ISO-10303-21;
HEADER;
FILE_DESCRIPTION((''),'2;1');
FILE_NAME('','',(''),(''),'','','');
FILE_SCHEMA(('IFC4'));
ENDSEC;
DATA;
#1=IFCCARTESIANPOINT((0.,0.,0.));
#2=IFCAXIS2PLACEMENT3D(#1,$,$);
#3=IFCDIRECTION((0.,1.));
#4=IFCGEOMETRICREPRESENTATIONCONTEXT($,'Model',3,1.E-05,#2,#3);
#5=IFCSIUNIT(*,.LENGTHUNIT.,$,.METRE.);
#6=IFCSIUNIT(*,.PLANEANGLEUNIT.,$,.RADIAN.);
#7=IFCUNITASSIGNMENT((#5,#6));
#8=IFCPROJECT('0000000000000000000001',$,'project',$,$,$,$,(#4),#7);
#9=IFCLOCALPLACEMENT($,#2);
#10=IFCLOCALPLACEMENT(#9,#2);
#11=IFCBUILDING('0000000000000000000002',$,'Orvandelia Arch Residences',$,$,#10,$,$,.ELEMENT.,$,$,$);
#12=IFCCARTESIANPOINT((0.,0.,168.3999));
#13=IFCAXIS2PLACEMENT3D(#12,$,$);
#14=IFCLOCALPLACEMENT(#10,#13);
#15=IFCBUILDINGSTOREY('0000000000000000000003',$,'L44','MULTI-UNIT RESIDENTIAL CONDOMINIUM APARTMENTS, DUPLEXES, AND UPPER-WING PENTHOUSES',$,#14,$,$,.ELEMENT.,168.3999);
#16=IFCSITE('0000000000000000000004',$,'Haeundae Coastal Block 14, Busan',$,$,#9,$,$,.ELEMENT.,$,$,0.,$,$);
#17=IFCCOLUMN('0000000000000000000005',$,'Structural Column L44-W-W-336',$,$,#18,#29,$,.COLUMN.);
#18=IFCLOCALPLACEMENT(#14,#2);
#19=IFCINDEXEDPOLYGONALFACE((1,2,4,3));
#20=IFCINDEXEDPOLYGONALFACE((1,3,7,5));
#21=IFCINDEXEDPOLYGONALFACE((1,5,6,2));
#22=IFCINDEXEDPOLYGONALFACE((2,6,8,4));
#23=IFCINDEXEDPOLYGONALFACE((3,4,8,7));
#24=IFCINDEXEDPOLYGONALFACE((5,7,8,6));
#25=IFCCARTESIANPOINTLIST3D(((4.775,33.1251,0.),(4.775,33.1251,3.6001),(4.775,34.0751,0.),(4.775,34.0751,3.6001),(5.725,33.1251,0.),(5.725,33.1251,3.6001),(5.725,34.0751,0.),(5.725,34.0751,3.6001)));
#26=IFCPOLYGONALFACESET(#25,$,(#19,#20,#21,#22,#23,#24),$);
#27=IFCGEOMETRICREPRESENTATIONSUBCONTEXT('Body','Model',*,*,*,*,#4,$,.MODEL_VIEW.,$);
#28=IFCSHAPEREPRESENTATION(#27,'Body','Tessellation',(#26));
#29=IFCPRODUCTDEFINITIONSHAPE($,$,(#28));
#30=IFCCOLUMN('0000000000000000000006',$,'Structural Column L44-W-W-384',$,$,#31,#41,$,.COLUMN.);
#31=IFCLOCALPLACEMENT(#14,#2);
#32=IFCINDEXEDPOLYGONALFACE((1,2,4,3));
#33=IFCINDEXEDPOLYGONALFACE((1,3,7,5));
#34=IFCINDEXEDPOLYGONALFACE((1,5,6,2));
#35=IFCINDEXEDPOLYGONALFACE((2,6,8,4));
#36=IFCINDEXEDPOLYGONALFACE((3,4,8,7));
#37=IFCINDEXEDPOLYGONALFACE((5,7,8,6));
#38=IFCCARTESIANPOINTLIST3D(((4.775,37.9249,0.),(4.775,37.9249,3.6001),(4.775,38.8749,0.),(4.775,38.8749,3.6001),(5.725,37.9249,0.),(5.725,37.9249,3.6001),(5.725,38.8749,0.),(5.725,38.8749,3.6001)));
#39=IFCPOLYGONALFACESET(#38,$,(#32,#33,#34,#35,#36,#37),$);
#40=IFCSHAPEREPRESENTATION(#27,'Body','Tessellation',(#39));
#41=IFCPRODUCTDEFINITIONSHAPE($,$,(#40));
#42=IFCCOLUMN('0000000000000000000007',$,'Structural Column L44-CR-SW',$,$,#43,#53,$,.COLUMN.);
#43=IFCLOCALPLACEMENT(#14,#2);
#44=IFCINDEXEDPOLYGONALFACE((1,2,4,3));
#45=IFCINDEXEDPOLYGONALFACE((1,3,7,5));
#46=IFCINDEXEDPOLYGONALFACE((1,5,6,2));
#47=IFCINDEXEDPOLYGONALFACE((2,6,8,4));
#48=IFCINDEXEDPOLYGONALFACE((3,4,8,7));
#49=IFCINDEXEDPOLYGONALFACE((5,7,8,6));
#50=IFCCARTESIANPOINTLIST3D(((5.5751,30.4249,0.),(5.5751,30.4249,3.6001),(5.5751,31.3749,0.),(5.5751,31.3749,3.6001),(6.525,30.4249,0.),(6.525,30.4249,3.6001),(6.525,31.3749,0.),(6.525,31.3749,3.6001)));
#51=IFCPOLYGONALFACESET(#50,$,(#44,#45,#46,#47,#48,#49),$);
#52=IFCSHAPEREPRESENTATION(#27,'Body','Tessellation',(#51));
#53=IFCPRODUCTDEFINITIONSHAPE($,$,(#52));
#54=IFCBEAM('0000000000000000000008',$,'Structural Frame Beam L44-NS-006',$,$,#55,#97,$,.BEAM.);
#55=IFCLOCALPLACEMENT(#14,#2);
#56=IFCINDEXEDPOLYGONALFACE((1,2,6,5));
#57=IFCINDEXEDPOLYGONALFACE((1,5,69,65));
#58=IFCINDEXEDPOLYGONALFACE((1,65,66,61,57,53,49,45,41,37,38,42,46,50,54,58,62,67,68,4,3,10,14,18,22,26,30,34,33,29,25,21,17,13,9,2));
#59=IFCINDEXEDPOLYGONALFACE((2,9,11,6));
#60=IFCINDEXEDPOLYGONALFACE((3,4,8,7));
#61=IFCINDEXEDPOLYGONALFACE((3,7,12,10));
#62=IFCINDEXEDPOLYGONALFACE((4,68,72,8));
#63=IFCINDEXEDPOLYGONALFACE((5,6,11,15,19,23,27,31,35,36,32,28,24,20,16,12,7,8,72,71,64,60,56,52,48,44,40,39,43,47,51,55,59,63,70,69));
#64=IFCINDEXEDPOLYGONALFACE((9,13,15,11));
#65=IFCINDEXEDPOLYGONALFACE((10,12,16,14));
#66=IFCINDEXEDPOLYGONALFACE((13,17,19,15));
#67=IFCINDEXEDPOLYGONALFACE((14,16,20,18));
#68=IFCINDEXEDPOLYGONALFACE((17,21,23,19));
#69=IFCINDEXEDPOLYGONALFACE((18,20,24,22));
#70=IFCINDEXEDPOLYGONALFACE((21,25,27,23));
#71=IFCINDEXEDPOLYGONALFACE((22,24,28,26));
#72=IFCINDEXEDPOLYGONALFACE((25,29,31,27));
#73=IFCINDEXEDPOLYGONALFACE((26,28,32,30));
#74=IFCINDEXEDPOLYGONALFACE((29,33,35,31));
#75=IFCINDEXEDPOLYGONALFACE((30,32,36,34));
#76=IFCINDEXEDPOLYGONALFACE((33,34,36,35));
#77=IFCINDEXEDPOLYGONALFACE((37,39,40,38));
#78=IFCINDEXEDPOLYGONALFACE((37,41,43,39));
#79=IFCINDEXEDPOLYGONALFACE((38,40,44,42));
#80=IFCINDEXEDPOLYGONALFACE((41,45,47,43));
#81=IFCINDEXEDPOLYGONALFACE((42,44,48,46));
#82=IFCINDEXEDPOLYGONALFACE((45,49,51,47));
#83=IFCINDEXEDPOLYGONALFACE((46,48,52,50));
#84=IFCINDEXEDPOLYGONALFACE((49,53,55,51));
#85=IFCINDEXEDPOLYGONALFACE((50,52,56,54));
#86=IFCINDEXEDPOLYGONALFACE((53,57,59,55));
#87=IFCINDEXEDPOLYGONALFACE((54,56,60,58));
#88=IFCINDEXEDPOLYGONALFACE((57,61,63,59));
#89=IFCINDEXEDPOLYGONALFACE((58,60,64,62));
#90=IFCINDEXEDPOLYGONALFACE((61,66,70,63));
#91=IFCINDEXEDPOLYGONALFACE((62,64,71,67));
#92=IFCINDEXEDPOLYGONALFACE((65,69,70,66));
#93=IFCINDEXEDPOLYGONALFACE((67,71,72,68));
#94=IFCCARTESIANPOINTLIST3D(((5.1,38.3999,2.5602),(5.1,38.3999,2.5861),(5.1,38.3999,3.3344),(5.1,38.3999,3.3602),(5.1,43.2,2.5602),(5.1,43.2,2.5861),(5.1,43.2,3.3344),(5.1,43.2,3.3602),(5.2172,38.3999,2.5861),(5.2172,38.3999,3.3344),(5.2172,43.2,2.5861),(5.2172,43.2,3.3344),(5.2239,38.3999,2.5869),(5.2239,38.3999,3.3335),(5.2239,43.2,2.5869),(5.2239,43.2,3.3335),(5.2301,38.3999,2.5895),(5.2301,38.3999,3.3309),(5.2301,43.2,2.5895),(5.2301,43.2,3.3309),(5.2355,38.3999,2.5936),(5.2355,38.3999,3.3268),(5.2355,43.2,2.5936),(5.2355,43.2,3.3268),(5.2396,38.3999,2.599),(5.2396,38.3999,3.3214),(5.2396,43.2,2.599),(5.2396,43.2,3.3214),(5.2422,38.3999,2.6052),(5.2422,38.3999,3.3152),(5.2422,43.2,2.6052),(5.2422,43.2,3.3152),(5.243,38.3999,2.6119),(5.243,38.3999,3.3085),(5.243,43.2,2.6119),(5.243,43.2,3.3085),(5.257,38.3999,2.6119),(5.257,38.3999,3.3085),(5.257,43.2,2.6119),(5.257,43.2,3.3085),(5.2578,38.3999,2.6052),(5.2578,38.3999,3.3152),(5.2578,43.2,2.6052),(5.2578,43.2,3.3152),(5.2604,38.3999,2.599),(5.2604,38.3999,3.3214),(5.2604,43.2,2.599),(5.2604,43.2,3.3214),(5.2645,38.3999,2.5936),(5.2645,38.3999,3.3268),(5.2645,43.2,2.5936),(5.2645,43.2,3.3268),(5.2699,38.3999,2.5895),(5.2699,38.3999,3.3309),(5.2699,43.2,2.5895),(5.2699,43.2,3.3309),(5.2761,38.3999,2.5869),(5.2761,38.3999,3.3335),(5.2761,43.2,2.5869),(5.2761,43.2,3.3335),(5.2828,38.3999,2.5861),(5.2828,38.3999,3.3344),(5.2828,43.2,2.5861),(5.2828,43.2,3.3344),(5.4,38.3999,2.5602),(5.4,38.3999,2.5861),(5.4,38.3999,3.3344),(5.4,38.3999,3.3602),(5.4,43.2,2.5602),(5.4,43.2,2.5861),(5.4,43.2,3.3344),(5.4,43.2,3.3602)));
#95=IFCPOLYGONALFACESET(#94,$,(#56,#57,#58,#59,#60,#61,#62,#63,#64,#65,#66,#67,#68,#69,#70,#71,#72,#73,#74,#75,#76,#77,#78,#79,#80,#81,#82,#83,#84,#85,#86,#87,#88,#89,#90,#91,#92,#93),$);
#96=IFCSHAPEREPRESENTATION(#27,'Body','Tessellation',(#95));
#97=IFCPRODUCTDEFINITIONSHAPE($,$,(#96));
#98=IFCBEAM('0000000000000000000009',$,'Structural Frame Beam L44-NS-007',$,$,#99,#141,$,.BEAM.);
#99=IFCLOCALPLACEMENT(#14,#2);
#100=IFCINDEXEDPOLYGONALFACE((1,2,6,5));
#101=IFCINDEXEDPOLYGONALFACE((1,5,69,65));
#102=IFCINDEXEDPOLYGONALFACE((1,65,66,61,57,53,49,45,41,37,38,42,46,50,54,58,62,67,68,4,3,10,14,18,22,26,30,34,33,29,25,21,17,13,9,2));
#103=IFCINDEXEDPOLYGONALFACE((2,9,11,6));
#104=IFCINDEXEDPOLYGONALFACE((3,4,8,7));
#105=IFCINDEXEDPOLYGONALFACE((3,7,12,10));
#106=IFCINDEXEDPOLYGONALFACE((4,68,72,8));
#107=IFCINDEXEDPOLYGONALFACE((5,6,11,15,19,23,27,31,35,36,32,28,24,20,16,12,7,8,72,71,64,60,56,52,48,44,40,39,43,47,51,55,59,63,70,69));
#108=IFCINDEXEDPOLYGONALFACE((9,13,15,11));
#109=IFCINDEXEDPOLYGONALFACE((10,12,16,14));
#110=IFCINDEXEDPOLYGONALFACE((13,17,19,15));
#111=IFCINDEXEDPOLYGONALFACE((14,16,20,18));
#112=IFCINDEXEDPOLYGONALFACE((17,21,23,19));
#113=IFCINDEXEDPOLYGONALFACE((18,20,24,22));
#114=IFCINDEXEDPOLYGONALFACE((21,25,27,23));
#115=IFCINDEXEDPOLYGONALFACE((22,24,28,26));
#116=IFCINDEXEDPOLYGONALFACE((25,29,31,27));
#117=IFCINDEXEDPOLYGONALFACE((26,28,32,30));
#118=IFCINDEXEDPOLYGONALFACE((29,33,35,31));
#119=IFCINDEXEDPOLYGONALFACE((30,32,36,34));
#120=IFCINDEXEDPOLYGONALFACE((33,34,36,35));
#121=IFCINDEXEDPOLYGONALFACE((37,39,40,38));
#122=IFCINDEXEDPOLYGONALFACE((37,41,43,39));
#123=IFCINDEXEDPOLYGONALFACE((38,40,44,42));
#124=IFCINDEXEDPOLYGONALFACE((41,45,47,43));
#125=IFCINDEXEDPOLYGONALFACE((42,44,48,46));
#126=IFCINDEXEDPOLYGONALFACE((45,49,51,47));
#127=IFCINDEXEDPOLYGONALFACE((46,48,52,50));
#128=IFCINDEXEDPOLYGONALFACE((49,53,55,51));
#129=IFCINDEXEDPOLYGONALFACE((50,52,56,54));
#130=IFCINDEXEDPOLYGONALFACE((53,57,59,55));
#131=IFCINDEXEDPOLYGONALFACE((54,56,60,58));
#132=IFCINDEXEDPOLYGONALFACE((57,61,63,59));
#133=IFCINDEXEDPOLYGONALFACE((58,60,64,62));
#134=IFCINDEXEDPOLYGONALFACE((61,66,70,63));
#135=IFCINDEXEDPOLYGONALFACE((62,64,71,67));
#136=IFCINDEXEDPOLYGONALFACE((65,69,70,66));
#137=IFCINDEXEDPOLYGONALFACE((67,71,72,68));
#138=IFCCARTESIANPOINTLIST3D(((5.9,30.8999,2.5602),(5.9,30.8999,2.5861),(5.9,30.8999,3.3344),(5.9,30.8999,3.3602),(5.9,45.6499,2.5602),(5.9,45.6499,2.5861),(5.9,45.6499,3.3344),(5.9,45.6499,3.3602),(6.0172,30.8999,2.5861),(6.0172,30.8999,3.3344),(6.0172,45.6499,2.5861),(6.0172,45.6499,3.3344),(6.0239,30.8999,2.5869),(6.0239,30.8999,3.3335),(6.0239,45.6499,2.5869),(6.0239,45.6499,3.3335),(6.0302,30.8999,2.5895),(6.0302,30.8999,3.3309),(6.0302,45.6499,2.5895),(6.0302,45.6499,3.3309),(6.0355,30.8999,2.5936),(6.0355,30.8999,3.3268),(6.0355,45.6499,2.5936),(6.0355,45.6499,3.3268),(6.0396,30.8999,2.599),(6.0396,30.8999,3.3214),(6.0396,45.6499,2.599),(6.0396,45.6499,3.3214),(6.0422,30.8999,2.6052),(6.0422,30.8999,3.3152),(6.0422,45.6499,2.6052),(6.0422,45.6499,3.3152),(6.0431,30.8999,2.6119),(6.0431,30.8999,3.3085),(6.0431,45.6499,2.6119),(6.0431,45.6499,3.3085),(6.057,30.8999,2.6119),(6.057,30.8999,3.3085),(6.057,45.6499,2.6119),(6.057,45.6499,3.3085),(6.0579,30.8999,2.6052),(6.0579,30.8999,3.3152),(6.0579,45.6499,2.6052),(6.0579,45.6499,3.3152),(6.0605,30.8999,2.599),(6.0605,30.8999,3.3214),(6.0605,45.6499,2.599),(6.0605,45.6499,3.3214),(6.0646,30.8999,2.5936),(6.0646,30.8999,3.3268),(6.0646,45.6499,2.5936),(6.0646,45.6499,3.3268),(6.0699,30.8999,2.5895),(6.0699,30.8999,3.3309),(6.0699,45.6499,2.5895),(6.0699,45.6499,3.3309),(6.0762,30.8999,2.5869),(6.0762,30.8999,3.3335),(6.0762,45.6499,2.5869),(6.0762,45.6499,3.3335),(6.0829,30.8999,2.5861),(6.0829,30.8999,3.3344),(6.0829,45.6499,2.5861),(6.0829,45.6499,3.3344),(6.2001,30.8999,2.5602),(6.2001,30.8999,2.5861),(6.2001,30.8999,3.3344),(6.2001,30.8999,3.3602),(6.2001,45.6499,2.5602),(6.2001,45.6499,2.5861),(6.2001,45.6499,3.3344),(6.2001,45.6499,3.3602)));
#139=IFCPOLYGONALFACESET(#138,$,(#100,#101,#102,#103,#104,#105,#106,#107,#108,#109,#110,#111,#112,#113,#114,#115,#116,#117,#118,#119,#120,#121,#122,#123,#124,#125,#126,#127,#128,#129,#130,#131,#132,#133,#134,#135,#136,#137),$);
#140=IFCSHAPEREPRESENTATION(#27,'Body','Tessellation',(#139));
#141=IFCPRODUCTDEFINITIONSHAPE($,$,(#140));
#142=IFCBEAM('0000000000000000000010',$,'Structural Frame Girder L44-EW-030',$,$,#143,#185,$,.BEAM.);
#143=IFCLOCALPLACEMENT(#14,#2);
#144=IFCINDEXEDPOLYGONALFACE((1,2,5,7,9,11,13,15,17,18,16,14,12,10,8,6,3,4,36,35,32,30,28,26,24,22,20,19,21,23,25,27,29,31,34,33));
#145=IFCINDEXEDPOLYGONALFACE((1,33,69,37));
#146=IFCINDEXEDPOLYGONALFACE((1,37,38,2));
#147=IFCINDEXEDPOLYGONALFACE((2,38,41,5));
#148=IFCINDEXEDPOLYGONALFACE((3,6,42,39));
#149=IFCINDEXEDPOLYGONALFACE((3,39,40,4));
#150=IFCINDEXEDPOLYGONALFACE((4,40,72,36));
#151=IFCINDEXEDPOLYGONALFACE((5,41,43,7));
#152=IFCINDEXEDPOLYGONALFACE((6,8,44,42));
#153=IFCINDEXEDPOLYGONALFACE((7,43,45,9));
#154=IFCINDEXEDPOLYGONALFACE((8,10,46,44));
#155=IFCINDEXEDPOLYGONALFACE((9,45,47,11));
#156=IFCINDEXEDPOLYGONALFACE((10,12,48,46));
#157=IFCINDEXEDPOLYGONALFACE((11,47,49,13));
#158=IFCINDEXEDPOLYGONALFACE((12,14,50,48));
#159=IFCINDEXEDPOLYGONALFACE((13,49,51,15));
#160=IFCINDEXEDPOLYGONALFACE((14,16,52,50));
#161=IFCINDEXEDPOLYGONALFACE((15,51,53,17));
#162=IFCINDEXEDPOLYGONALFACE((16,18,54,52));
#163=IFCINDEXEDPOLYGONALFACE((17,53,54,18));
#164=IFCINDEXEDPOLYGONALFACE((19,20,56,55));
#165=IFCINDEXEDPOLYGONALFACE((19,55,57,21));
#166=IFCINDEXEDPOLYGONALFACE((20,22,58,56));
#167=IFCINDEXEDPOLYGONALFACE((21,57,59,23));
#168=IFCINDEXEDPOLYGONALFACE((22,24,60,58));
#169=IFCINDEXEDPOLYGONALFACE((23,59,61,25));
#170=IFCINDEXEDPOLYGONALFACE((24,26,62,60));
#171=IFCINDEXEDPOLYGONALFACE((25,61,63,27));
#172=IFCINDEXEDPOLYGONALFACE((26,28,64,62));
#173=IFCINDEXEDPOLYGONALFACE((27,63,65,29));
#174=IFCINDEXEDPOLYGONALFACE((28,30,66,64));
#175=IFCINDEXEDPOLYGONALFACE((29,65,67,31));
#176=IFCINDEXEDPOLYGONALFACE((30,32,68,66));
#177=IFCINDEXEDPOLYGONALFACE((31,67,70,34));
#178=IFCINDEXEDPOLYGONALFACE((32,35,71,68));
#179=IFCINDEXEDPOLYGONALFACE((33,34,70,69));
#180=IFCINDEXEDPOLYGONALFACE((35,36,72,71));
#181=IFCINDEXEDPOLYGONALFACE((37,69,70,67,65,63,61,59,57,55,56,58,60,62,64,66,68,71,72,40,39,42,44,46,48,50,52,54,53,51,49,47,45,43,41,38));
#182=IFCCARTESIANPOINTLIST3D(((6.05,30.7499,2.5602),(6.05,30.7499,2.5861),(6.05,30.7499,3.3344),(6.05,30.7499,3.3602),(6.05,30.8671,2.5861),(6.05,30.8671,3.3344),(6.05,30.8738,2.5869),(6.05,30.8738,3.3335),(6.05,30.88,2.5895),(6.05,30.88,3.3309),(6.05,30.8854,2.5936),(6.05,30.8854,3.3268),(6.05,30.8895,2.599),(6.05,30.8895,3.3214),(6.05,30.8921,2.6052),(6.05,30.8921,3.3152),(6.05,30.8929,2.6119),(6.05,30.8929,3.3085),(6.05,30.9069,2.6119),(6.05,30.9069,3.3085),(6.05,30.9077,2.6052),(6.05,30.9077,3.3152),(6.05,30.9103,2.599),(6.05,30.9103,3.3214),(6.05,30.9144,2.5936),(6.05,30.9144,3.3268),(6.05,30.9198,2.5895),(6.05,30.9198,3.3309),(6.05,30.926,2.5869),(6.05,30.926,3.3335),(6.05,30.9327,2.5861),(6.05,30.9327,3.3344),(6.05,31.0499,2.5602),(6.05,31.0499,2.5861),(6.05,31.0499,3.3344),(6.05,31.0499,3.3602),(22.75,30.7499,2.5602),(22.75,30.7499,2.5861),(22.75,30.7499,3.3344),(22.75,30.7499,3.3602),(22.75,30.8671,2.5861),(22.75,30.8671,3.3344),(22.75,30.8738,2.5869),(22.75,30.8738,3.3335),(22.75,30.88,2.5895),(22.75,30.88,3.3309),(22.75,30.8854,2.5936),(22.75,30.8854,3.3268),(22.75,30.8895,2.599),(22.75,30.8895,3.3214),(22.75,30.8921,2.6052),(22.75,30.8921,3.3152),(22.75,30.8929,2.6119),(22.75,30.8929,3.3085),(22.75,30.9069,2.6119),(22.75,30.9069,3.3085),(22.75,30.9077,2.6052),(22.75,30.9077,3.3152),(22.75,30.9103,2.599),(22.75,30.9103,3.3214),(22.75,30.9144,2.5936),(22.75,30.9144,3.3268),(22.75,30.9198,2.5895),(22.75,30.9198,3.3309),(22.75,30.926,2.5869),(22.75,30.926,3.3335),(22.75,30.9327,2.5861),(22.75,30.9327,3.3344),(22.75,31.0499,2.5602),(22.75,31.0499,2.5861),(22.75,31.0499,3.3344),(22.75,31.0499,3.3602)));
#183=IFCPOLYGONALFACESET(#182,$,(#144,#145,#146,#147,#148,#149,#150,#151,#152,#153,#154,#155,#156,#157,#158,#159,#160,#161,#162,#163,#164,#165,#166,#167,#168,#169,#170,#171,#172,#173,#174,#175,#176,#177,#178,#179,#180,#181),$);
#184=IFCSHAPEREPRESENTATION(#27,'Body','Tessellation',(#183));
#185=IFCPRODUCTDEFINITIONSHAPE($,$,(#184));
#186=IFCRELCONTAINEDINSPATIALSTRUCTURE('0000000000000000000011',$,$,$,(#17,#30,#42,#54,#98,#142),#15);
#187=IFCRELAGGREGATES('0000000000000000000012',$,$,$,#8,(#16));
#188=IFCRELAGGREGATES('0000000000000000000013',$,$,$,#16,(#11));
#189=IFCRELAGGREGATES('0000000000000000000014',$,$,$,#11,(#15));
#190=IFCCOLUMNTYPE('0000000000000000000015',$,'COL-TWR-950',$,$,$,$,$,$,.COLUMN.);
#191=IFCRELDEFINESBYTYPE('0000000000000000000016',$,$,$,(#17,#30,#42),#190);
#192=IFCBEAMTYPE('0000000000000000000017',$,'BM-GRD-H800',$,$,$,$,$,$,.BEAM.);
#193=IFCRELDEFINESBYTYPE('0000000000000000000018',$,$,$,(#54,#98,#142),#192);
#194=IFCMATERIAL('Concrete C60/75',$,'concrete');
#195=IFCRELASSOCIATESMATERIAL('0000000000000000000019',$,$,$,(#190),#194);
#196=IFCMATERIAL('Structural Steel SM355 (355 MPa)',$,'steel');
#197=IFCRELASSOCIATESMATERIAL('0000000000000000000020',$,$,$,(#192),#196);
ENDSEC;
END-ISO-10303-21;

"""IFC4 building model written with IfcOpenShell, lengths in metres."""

from ifc_helpers import new_model, si_unit, direction, frame, origin, origin_2d, place, context, subcontext, project, spatial, rectangle, i_section, extrude, material, material_profile, profile_set, type_object, element, save


model = new_model("IFC4")

# Units and contexts
model_context = context("Model", 3, precision=1e-05, world=origin(), true_north=direction((0.0, 1.0)))
body_context = subcontext(model_context, "Body", "Model", "MODEL_VIEW")
ifc_project = project(units=[si_unit("LENGTHUNIT", "METRE"), si_unit("PLANEANGLEUNIT", "RADIAN")], contexts=[model_context])

# Site, building, storey
site_placement = place(None, origin())
site = spatial("IfcSite", under=ifc_project, at=site_placement, Name="Haeundae Coastal Block 14, Busan", CompositionType="ELEMENT", RefElevation=0.0)
building_placement = place(site_placement, origin())
building = spatial("IfcBuilding", under=site, at=building_placement, Name="Orvandelia Arch Residences", CompositionType="ELEMENT")
storey_placement = place(building_placement, frame((0.0, 0.0, 168.3999)))
storey = spatial("IfcBuildingStorey", under=building, at=storey_placement, Name="L44", Description="MULTI-UNIT RESIDENTIAL CONDOMINIUM APARTMENTS, DUPLEXES, AND UPPER-WING PENTHOUSES", CompositionType="ELEMENT", Elevation=168.3999)

# Columns
ifc_material_1 = material(Name="Concrete C60/75", Category="concrete")
ifc_material_profile_1 = material_profile(ifc_material_1, rectangle(XDim=0.95, YDim=0.95, at=origin_2d()), Name="Concrete C60/75", Category="concrete")
ifc_profile_set_1 = profile_set([ifc_material_profile_1], Name="Concrete C60/75")
column_type = type_object("IfcColumnType", Name="COL-TWR-950", PredefinedType="COLUMN", material=ifc_profile_set_1)
for number, where, z_axis, x_axis, name in (
    (1, (5.25, 33.6001, 0.0), (0.0, 0.0, 1.0), (1.0, 0.0, 0.0), "Structural Column L44-W-W-336"),
    (2, (5.25, 38.3999, 0.0), (0.0, 0.0, 1.0), (1.0, 0.0, 0.0), "Structural Column L44-W-W-384"),
    (3, (6.05, 30.8999, 0.0), (0.0, 0.0, 1.0), (1.0, 0.0, 0.0), "Structural Column L44-CR-SW"),
):
    element("IfcColumn", number, at=place(storey_placement, frame(where, z_axis=z_axis, x_axis=x_axis)), inside=storey, type_object=column_type, Name=name, PredefinedType="COLUMN", context=body_context, shape_type="SweptSolid", body=[
        extrude(rectangle(XDim=0.95, YDim=0.95, at=origin_2d()), origin(), (0.0, 0.0, 1.0), 3.6001),
    ])

# Beams
ifc_material_2 = material(Name="Structural Steel SM355 (355 MPa)", Category="steel")
ifc_material_profile_2 = material_profile(ifc_material_2, i_section(OverallWidth=0.3, OverallDepth=0.8, WebThickness=0.0139, FlangeThickness=0.0259, FilletRadius=0.0259, at=origin_2d()), Name="Structural Steel SM355 (355 MPa)", Category="steel")
ifc_profile_set_2 = profile_set([ifc_material_profile_2], Name="Structural Steel SM355 (355 MPa)")
beam_type_1 = type_object("IfcBeamType", Name="BM-GRD-H800", PredefinedType="BEAM", material=ifc_profile_set_2)
beam_1_placement = place(storey_placement, frame((5.25, 38.3999, 2.9602), z_axis=(0.0, 1.0, 0.0), x_axis=(-1.0, 0.0, 0.0)))
element("IfcBeam", 4, at=beam_1_placement, inside=storey, type_object=beam_type_1, Name="Structural Frame Beam L44-NS-006", PredefinedType="BEAM", context=body_context, shape_type="SweptSolid", body=[
    extrude(i_section(OverallWidth=0.3, OverallDepth=0.8, WebThickness=0.0139, FlangeThickness=0.0259, FilletRadius=0.0259, at=origin_2d()), origin(), (0.0, 0.0, 1.0), 4.8),
])
beam_2_placement = place(storey_placement, frame((6.05, 30.8999, 2.9602), z_axis=(0.0, 1.0, 0.0), x_axis=(-1.0, 0.0, 0.0)))
element("IfcBeam", 5, at=beam_2_placement, inside=storey, type_object=beam_type_1, Name="Structural Frame Beam L44-NS-007", PredefinedType="BEAM", context=body_context, shape_type="SweptSolid", body=[
    extrude(i_section(OverallWidth=0.3, OverallDepth=0.8, WebThickness=0.0139, FlangeThickness=0.0259, FilletRadius=0.0259, at=origin_2d()), origin(), (0.0, 0.0, 1.0), 14.75),
])
beam_3_placement = place(storey_placement, frame((6.05, 30.8999, 2.9602), z_axis=(1.0, 0.0, 0.0), x_axis=(0.0, 1.0, 0.0)))
element("IfcBeam", 6, at=beam_3_placement, inside=storey, type_object=beam_type_1, Name="Structural Frame Girder L44-EW-030", PredefinedType="BEAM", context=body_context, shape_type="SweptSolid", body=[
    extrude(i_section(OverallWidth=0.3, OverallDepth=0.8, WebThickness=0.0139, FlangeThickness=0.0259, FilletRadius=0.0259, at=origin_2d()), origin(), (0.0, 0.0, 1.0), 16.7),
])

save(model, "model.ifc")
